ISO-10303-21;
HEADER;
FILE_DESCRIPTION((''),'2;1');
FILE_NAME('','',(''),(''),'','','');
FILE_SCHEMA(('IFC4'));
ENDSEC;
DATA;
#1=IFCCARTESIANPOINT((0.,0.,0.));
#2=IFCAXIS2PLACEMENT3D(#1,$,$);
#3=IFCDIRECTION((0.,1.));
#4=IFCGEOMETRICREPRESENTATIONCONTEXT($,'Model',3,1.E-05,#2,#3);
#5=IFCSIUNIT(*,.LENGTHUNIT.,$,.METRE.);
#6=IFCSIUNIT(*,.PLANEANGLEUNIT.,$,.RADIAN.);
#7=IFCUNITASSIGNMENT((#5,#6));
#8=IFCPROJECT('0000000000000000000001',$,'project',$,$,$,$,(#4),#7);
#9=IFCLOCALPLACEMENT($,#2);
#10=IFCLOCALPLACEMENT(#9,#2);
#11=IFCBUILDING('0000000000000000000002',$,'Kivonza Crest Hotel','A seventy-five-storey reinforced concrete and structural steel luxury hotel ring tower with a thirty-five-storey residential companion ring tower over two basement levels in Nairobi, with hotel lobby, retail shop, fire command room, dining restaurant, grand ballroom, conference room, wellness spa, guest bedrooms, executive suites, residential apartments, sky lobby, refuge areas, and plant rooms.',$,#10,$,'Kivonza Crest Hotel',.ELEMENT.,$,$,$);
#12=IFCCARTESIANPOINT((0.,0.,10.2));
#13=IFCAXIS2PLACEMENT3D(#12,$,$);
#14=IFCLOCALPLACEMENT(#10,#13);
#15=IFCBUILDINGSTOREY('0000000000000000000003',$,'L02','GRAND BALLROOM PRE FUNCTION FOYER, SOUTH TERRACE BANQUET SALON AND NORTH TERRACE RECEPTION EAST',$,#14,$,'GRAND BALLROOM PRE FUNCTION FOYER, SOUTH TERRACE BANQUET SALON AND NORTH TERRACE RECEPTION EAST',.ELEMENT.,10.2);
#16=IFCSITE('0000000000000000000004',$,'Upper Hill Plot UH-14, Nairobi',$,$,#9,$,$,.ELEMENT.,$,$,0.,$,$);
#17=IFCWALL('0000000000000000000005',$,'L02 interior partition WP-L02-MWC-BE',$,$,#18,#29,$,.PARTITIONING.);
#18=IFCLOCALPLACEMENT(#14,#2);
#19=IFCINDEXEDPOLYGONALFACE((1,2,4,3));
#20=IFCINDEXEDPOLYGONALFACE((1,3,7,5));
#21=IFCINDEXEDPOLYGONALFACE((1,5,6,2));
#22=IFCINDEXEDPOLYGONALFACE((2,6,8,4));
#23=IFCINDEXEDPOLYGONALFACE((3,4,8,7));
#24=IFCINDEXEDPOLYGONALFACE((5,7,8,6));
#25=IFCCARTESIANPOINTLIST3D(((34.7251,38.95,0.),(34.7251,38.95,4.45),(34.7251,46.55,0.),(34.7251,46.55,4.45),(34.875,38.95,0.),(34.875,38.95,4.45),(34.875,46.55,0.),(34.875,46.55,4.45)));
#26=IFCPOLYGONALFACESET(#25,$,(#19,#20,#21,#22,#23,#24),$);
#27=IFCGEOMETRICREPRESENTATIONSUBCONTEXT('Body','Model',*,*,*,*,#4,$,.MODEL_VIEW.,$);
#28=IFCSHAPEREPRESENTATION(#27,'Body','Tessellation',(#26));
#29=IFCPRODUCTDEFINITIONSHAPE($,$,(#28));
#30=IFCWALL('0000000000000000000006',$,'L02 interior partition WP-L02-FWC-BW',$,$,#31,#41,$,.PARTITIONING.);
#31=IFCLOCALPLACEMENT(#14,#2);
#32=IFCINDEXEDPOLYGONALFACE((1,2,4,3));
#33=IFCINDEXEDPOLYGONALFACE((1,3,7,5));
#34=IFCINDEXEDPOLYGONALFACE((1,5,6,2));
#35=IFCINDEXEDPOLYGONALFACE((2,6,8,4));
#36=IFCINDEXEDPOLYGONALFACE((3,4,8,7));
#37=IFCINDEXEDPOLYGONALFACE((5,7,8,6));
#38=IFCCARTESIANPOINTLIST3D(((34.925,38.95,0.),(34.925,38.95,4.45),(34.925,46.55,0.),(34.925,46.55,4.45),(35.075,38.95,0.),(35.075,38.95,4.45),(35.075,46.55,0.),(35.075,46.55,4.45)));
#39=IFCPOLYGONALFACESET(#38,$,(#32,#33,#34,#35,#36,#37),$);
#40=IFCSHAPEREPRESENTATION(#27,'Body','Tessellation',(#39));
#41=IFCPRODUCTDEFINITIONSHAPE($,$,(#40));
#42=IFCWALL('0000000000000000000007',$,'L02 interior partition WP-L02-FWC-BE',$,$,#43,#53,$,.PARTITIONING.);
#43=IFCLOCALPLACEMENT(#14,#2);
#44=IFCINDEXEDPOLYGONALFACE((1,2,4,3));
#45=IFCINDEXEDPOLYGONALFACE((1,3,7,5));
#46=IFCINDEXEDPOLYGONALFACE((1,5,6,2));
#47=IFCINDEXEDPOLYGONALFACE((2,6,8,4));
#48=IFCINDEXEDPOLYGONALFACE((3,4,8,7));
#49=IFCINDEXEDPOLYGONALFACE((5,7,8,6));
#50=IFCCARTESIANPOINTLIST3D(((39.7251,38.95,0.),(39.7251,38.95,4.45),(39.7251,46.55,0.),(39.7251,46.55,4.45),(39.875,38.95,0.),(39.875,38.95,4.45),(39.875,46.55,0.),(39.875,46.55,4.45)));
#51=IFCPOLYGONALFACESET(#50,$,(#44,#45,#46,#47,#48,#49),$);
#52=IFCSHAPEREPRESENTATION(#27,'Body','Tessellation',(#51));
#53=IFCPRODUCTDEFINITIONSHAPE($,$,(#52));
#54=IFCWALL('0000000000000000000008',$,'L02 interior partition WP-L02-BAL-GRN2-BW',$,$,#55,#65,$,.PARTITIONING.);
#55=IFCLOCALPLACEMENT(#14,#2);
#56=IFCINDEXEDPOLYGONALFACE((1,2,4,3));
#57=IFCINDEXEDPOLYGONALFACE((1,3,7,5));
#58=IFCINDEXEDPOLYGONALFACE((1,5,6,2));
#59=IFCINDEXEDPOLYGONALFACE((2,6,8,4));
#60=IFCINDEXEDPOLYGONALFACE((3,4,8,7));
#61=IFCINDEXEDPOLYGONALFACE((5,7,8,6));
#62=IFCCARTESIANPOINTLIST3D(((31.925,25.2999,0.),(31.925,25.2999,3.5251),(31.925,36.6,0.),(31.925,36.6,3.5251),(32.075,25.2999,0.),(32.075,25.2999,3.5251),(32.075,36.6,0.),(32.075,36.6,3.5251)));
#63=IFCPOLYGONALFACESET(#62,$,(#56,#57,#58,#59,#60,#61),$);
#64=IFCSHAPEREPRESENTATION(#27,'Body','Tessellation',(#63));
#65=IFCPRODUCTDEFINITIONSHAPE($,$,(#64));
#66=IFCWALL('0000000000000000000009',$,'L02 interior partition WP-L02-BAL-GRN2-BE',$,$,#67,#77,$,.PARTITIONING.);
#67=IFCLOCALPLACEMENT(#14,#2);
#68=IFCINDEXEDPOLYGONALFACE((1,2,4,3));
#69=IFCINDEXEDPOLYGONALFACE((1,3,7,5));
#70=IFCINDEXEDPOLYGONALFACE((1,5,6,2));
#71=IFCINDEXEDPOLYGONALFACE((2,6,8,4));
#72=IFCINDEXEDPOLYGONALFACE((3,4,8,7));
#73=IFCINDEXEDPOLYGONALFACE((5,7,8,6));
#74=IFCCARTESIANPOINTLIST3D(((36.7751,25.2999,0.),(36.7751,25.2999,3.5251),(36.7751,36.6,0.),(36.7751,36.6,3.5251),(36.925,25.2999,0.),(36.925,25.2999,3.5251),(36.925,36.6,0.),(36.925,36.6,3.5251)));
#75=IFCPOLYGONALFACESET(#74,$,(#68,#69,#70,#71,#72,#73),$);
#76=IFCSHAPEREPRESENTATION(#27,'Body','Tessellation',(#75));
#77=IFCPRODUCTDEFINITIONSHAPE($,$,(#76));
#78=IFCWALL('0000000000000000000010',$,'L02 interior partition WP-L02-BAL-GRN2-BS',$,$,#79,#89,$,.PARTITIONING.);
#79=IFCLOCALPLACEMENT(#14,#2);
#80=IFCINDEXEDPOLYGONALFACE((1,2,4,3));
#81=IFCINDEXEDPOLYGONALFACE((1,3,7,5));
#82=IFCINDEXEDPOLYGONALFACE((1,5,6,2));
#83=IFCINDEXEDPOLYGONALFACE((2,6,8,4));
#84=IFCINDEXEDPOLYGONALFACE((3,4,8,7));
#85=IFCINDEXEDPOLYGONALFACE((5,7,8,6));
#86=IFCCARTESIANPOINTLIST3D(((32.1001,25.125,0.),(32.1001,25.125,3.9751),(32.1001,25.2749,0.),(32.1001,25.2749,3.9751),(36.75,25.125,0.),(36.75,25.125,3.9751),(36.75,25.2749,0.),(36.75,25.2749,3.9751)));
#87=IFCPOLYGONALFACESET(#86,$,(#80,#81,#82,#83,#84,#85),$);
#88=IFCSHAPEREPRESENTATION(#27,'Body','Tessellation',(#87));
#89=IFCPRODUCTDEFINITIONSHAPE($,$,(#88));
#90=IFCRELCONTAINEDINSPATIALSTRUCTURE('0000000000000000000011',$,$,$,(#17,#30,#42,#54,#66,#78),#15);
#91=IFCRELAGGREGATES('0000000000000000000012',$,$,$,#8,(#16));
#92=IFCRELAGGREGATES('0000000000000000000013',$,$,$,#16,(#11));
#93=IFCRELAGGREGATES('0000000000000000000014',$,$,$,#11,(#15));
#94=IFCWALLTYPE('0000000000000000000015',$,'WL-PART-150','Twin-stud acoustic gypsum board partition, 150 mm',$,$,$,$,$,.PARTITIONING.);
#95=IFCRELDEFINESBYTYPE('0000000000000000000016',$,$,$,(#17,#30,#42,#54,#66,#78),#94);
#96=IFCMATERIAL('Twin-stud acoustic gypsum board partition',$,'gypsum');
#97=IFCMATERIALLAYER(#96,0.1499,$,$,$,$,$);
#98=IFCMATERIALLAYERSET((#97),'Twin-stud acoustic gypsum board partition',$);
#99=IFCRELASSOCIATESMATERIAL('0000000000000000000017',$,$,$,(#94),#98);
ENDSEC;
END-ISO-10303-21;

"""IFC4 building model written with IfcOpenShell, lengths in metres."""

from ifc_helpers import new_model, si_unit, direction, frame, frame_2d, origin, place, context, subcontext, project, spatial, rectangle, extrude, material, layer, layer_set, type_object, element, save


model = new_model("IFC4")

# Units and contexts
model_context = context("Model", 3, precision=1e-05, world=origin(), true_north=direction((0.0, 1.0)))
body_context = subcontext(model_context, "Body", "Model", "MODEL_VIEW")
ifc_project = project(units=[si_unit("LENGTHUNIT", "METRE"), si_unit("PLANEANGLEUNIT", "RADIAN")], contexts=[model_context])

# Site, building, storey
site_placement = place(None, origin())
site = spatial("IfcSite", under=ifc_project, at=site_placement, Name="Upper Hill Plot UH-14, Nairobi", CompositionType="ELEMENT", RefElevation=0.0)
building_placement = place(site_placement, origin())
building = spatial("IfcBuilding", under=site, at=building_placement, Name="Kivonza Crest Hotel", Description="A seventy-five-storey reinforced concrete and structural steel luxury hotel ring tower with a thirty-five-storey residential companion ring tower over two basement levels in Nairobi, with hotel lobby, retail shop, fire command room, dining restaurant, grand ballroom, conference room, wellness spa, guest bedrooms, executive suites, residential apartments, sky lobby, refuge areas, and plant rooms.", LongName="Kivonza Crest Hotel", CompositionType="ELEMENT")
storey_placement = place(building_placement, frame((0.0, 0.0, 10.2)))
storey = spatial("IfcBuildingStorey", under=building, at=storey_placement, Name="L02", Description="GRAND BALLROOM PRE FUNCTION FOYER, SOUTH TERRACE BANQUET SALON AND NORTH TERRACE RECEPTION EAST", LongName="GRAND BALLROOM PRE FUNCTION FOYER, SOUTH TERRACE BANQUET SALON AND NORTH TERRACE RECEPTION EAST", CompositionType="ELEMENT", Elevation=10.2)

# Walls
ifc_material_1 = material(Name="Twin-stud acoustic gypsum board partition", Category="gypsum")
ifc_layer_1 = layer(ifc_material_1, 0.1499)
ifc_layer_set_1 = layer_set([ifc_layer_1], Name="Twin-stud acoustic gypsum board partition")
wall_type_1 = type_object("IfcWallType", Name="WL-PART-150", Description="Twin-stud acoustic gypsum board partition, 150 mm", PredefinedType="PARTITIONING", material=ifc_layer_set_1)
for number, where, z_axis, x_axis, name in (
    (1, (34.8, 38.95, 0.0), (0.0, 0.0, 1.0), (0.0, 1.0, 0.0), "L02 interior partition WP-L02-MWC-BE"),
    (2, (35.0, 38.95, 0.0), (0.0, 0.0, 1.0), (0.0, 1.0, 0.0), "L02 interior partition WP-L02-FWC-BW"),
    (3, (39.8, 38.95, 0.0), (0.0, 0.0, 1.0), (0.0, 1.0, 0.0), "L02 interior partition WP-L02-FWC-BE"),
):
    element("IfcWall", number, at=place(storey_placement, frame(where, z_axis=z_axis, x_axis=x_axis)), inside=storey, type_object=wall_type_1, Name=name, PredefinedType="PARTITIONING", context=body_context, shape_type="SweptSolid", body=[
        extrude(rectangle(XDim=7.6001, YDim=0.1499, at=frame_2d((3.8, 0.0))), origin(), (0.0, 0.0, 1.0), 4.45),
    ])
for number, where, z_axis, x_axis, name in (
    (4, (32.0, 25.3, 0.0), (0.0, 0.0, 1.0), (0.0, 1.0, 0.0), "L02 interior partition WP-L02-BAL-GRN2-BW"),
    (5, (36.8501, 25.3, 0.0), (0.0, 0.0, 1.0), (0.0, 1.0, 0.0), "L02 interior partition WP-L02-BAL-GRN2-BE"),
):
    element("IfcWall", number, at=place(storey_placement, frame(where, z_axis=z_axis, x_axis=x_axis)), inside=storey, type_object=wall_type_1, Name=name, PredefinedType="PARTITIONING", context=body_context, shape_type="SweptSolid", body=[
        extrude(rectangle(XDim=11.3, YDim=0.1499, at=frame_2d((5.6499, 0.0))), origin(), (0.0, 0.0, 1.0), 3.5251),
    ])
wall_1_placement = place(storey_placement, frame((32.1001, 25.2, 0.0), z_axis=(0.0, 0.0, 1.0), x_axis=(1.0, 0.0, 0.0)))
element("IfcWall", 6, at=wall_1_placement, inside=storey, type_object=wall_type_1, Name="L02 interior partition WP-L02-BAL-GRN2-BS", PredefinedType="PARTITIONING", context=body_context, shape_type="SweptSolid", body=[
    extrude(rectangle(XDim=4.6499, YDim=0.1499, at=frame_2d((2.325, 0.0))), origin(), (0.0, 0.0, 1.0), 3.9751),
])

save(model, "model.ifc")
